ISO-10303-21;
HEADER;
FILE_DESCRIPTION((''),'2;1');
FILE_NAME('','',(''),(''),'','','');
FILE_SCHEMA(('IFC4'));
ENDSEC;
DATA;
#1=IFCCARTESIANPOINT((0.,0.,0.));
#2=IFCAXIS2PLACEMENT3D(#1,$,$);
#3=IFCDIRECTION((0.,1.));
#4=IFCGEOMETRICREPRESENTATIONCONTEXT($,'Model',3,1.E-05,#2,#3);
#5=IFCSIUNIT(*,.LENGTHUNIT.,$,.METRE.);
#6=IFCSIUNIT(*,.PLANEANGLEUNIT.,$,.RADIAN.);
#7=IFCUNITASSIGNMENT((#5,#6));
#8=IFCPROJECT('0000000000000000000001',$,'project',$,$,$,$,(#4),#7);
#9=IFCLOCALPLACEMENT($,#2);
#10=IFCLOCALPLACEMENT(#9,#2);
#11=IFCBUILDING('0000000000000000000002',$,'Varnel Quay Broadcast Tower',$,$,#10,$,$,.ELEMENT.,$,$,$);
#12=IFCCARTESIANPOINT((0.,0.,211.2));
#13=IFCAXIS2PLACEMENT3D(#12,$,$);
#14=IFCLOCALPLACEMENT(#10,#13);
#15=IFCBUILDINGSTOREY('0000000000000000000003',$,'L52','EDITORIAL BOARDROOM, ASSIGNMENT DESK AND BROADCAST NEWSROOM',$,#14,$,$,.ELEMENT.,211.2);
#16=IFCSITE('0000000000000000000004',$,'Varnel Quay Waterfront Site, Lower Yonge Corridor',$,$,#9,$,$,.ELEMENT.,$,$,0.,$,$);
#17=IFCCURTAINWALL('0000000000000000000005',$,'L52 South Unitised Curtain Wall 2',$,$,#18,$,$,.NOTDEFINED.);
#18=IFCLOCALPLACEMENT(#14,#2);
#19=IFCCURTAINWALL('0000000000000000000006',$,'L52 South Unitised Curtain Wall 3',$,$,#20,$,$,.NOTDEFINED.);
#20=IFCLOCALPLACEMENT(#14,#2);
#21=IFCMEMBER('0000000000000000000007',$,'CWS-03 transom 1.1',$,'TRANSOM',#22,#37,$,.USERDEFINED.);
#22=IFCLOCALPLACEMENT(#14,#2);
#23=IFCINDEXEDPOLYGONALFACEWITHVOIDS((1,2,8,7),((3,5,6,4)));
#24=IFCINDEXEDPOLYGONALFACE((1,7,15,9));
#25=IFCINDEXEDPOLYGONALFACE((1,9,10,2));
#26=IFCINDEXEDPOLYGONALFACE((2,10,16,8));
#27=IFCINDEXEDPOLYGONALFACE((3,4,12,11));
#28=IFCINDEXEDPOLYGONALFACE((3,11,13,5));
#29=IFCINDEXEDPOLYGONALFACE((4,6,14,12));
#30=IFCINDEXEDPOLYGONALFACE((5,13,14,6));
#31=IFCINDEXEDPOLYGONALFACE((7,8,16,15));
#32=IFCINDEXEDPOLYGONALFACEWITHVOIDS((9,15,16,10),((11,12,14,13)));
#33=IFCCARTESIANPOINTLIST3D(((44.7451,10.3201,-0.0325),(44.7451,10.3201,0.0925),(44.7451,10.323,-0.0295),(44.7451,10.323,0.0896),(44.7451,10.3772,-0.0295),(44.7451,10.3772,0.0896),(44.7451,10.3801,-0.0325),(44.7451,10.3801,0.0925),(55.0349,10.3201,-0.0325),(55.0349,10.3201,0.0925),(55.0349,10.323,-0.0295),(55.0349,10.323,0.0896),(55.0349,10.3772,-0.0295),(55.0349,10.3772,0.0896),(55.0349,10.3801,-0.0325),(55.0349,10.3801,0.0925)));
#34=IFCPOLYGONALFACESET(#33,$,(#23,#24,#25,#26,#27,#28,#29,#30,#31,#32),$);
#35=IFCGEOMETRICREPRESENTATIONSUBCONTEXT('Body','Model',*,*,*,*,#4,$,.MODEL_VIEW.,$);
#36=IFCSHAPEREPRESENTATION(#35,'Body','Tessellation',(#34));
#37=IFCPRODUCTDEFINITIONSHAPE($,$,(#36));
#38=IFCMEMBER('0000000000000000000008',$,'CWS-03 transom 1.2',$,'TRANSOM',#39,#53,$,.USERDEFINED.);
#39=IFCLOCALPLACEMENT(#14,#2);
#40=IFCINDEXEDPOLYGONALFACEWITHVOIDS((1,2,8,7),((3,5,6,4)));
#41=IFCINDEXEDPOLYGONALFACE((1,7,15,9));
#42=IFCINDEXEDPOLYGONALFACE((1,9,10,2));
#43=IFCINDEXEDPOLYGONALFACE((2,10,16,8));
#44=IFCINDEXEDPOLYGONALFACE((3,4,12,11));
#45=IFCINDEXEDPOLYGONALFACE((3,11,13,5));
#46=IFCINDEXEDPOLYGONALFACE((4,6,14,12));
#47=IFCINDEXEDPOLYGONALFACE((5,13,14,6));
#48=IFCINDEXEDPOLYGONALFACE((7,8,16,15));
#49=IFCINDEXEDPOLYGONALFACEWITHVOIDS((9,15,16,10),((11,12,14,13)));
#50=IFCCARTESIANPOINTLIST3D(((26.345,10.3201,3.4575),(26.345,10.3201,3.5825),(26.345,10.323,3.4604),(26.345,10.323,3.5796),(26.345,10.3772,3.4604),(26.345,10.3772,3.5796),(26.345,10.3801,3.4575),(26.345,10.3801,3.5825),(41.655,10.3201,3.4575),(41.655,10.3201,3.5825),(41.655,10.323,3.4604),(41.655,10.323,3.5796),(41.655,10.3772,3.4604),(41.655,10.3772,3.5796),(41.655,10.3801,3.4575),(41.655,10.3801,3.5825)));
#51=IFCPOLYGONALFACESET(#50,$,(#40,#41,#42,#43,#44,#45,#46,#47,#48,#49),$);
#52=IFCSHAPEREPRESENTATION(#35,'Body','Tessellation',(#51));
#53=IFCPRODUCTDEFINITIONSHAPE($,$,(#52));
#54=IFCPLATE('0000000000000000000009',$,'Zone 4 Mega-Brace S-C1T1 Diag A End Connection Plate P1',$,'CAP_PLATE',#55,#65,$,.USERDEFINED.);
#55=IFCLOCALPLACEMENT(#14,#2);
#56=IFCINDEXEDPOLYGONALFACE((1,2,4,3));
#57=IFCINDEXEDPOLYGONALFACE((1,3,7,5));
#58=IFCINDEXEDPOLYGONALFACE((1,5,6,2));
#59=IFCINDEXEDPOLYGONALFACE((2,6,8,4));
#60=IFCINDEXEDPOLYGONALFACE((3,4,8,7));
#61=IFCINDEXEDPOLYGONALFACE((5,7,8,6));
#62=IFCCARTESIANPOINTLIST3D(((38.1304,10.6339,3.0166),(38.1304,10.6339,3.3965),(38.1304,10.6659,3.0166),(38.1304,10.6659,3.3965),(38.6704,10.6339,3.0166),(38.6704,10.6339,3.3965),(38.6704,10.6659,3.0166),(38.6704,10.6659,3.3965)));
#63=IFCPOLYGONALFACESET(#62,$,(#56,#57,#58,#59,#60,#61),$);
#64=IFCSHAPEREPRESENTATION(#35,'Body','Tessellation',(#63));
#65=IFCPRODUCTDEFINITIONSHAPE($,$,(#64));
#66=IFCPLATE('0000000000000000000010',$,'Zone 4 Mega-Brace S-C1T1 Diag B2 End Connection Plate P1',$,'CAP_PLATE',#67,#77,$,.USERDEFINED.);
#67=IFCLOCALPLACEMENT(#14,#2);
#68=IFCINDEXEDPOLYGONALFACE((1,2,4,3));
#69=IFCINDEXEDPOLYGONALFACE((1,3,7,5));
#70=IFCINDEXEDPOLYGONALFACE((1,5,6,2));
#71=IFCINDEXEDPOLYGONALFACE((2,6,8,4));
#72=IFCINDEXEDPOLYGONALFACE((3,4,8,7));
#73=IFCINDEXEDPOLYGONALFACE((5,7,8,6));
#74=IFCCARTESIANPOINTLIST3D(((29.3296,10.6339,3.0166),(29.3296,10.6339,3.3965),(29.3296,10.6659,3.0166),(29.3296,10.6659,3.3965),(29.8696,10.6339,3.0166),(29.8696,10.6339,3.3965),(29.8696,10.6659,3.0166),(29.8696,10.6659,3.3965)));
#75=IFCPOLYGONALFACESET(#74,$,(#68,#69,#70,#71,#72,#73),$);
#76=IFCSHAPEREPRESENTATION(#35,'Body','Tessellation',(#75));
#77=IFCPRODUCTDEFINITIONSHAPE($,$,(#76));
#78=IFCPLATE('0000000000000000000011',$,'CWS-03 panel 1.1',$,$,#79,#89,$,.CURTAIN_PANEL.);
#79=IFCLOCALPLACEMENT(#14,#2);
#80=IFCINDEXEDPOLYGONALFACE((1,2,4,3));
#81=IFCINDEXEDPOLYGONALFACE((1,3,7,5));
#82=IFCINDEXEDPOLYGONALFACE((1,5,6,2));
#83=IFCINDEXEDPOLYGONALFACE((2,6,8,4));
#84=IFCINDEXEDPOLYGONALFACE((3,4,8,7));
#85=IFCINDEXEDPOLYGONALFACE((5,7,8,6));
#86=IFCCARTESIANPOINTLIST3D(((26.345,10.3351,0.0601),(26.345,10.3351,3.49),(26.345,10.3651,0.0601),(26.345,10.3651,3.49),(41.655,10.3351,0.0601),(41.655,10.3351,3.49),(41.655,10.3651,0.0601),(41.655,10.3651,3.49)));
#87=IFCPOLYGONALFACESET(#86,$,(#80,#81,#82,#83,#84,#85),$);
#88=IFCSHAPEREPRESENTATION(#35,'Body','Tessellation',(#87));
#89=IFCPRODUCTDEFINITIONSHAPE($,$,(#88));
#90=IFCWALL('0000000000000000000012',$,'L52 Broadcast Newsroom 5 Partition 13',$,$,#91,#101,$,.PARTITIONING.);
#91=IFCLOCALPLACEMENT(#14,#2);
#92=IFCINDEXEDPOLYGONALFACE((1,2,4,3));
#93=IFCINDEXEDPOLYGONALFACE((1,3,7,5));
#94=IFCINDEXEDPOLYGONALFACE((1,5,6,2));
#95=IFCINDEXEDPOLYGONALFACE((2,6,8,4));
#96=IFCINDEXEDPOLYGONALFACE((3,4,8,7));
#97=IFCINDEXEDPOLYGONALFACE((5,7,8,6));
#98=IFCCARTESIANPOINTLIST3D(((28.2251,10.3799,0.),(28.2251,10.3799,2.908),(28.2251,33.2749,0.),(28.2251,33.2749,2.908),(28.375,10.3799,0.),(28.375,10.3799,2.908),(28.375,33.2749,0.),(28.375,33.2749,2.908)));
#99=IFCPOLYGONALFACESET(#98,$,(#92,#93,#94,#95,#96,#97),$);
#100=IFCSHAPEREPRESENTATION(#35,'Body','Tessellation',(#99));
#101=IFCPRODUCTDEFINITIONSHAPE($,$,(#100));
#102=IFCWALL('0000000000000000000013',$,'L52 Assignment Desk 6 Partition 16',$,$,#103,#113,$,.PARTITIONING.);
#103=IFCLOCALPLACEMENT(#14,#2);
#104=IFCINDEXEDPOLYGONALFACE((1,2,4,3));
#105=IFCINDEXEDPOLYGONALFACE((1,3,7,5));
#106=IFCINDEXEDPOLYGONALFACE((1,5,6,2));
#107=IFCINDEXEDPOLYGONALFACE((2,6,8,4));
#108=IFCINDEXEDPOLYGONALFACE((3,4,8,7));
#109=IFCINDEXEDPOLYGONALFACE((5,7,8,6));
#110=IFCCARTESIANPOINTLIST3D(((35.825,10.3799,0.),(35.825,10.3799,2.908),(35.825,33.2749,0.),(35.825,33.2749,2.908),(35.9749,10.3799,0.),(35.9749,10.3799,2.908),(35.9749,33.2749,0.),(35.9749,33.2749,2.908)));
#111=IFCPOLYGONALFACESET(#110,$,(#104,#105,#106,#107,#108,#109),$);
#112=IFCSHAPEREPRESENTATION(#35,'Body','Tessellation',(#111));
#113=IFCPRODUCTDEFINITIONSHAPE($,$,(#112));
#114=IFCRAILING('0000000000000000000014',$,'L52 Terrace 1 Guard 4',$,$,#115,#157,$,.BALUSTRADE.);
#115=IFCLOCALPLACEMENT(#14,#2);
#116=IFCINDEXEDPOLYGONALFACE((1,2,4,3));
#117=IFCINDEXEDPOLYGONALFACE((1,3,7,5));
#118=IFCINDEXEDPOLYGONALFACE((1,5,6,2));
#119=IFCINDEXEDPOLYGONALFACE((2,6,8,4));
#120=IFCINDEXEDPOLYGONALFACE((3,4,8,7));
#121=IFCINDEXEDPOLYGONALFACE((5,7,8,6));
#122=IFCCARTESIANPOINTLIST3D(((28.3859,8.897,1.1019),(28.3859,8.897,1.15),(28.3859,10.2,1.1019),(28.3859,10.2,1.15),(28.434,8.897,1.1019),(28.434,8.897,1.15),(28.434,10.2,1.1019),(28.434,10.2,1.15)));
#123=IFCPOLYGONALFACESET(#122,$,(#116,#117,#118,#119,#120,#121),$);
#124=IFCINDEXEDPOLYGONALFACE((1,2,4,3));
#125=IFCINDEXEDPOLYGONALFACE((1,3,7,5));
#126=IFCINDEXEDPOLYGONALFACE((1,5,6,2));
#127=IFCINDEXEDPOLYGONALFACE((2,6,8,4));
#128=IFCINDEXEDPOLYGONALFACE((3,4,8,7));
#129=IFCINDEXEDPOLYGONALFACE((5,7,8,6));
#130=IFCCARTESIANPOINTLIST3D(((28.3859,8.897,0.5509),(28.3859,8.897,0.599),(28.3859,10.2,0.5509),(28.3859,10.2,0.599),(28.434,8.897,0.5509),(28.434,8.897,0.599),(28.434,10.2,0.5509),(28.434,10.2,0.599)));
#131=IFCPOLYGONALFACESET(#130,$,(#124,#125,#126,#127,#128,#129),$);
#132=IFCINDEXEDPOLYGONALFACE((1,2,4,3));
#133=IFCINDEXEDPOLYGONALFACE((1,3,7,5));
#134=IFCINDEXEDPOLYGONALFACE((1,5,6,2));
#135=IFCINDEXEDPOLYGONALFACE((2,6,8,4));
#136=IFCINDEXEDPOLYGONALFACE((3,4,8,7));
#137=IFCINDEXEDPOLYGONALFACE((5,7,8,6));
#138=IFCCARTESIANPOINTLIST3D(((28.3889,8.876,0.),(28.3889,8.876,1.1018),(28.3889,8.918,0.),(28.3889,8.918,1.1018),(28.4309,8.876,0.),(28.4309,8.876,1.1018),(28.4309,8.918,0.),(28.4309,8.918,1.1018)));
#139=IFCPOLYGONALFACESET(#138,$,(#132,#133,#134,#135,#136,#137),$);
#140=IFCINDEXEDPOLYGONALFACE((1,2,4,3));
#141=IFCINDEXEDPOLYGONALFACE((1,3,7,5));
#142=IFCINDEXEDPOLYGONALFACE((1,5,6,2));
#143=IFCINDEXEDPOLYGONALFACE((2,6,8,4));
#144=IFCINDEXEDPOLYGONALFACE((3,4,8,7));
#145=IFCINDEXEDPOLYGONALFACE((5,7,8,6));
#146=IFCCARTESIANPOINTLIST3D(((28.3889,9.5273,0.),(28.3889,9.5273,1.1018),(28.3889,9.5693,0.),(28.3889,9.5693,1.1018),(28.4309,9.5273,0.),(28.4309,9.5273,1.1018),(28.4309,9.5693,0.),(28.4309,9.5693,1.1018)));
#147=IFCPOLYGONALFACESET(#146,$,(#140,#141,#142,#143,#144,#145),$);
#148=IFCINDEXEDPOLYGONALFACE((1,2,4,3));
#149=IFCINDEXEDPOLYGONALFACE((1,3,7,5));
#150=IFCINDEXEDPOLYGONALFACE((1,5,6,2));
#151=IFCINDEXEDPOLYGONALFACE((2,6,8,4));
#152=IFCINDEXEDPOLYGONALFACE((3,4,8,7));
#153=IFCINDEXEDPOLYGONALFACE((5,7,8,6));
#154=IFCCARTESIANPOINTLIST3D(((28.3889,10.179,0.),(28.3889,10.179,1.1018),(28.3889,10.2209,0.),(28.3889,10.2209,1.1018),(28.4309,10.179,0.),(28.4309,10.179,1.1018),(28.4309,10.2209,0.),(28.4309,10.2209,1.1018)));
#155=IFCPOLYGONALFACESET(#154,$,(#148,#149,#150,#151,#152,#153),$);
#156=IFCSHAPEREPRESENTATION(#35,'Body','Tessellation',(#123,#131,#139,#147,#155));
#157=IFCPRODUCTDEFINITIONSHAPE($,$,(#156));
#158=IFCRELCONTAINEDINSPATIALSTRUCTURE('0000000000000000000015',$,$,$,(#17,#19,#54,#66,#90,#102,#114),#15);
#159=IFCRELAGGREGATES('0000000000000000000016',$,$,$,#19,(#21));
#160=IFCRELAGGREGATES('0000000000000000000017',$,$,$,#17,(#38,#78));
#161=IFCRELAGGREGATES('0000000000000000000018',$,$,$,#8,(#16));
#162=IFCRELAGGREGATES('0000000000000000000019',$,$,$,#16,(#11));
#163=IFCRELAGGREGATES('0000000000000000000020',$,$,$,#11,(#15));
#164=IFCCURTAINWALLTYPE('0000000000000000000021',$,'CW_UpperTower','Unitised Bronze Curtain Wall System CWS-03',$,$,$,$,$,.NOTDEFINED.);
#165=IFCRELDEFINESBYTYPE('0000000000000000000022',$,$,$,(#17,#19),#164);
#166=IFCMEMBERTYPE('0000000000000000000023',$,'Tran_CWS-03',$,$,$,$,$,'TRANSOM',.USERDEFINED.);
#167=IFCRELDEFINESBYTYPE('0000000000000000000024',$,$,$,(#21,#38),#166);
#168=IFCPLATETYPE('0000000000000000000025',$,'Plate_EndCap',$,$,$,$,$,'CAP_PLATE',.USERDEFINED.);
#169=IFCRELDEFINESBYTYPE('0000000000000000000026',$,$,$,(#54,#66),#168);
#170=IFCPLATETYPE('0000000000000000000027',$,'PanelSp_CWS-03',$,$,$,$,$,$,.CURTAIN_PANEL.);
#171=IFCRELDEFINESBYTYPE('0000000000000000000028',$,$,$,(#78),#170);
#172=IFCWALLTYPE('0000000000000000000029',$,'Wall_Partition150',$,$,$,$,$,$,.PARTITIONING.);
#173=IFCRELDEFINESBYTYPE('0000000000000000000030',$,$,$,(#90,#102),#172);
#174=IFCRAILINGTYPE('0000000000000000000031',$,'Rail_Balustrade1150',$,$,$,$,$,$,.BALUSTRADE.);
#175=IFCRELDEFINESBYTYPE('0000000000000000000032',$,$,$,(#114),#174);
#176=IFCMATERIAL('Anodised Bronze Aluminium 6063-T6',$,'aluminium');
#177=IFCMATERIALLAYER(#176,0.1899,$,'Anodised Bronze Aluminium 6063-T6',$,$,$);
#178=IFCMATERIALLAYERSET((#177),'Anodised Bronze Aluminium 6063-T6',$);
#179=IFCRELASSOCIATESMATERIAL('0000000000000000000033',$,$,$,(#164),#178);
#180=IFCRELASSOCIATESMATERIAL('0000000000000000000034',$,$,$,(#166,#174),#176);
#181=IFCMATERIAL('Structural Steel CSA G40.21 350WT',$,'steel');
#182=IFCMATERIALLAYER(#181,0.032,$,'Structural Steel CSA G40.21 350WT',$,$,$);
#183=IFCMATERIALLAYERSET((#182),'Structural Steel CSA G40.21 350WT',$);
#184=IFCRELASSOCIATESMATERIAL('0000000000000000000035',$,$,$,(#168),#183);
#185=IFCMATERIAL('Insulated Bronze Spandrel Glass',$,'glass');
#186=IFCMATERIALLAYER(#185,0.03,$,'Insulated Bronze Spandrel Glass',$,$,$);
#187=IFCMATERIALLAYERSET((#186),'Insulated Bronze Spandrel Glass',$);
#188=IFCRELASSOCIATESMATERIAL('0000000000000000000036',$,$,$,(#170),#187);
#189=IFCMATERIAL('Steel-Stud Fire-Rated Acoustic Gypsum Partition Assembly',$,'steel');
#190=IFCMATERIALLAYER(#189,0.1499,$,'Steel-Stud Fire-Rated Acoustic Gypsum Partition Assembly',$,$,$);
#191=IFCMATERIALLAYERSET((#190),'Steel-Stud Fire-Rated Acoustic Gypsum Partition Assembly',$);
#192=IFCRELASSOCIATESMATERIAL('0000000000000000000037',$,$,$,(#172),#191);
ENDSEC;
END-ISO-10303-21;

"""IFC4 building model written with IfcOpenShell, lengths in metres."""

from ifc_helpers import new_model, si_unit, direction, frame, frame_2d, origin, origin_2d, place, context, subcontext, project, spatial, rectangle, hollow_rectangle, extrude, source, transform, mapped, material, layer, layer_set, material_profile, profile_set, type_object, type_shapes, element, aggregate, save


model = new_model("IFC4")

# Units and contexts
model_context = context("Model", 3, precision=1e-05, world=origin(), true_north=direction((0.0, 1.0)))
body_context = subcontext(model_context, "Body", "Model", "MODEL_VIEW")
ifc_project = project(units=[si_unit("LENGTHUNIT", "METRE"), si_unit("PLANEANGLEUNIT", "RADIAN")], contexts=[model_context])

# Site, building, storey
site_placement = place(None, origin())
site = spatial("IfcSite", under=ifc_project, at=site_placement, Name="Varnel Quay Waterfront Site, Lower Yonge Corridor", CompositionType="ELEMENT", RefElevation=0.0)
building_placement = place(site_placement, origin())
building = spatial("IfcBuilding", under=site, at=building_placement, Name="Varnel Quay Broadcast Tower", CompositionType="ELEMENT")
storey_placement = place(building_placement, frame((0.0, 0.0, 211.2)))
storey = spatial("IfcBuildingStorey", under=building, at=storey_placement, Name="L52", Description="EDITORIAL BOARDROOM, ASSIGNMENT DESK AND BROADCAST NEWSROOM", CompositionType="ELEMENT", Elevation=211.2)

# Curtain wall
ifc_material_1 = material(Name="Anodised Bronze Aluminium 6063-T6", Category="aluminium")
ifc_layer_1 = layer(ifc_material_1, 0.1899, Name="Anodised Bronze Aluminium 6063-T6")
ifc_layer_set_1 = layer_set([ifc_layer_1], Name="Anodised Bronze Aluminium 6063-T6")
curtain_wall_type = type_object("IfcCurtainWallType", Name="CW_UpperTower", Description="Unitised Bronze Curtain Wall System CWS-03", PredefinedType="NOTDEFINED", material=ifc_layer_set_1)
curtain_wall_1_placement = place(storey_placement, origin())
curtain_wall_1 = element("IfcCurtainWall", 1, at=curtain_wall_1_placement, inside=storey, type_object=curtain_wall_type, Name="L52 South Unitised Curtain Wall 2", PredefinedType="NOTDEFINED")

# Curtain wall, member
curtain_wall_2_placement = place(storey_placement, origin())
curtain_wall_2 = element("IfcCurtainWall", 2, at=curtain_wall_2_placement, inside=storey, type_object=curtain_wall_type, Name="L52 South Unitised Curtain Wall 3", PredefinedType="NOTDEFINED")
ifc_material_profile_1 = material_profile(ifc_material_1, hollow_rectangle(XDim=0.0601, YDim=0.125, WallThickness=0.0029, at=origin_2d()), Name="ALU60X125X3")
ifc_profile_set_1 = profile_set([ifc_material_profile_1], Name="Anodised Bronze Aluminium 6063-T6")
member_type_1 = type_object("IfcMemberType", Name="Tran_CWS-03", ElementType="TRANSOM", PredefinedType="USERDEFINED", material=ifc_profile_set_1)
shared_shape_1 = source(origin(), body_context, "Body", "SweptSolid", [
    extrude(hollow_rectangle(XDim=0.0601, YDim=0.125, WallThickness=0.0029, at=origin_2d()), origin(), (0.0, 0.0, 1.0), 10.2898),
])
member_1_placement = place(storey_placement, frame((44.7451, 10.3501, 0.03), z_axis=(1.0, 0.0, 0.0), x_axis=(0.0, 1.0, 0.0)))
member_1 = element("IfcMember", 3, at=member_1_placement, type_object=member_type_1, Name="CWS-03 transom 1.1", ObjectType="TRANSOM", PredefinedType="USERDEFINED", context=body_context, shape_type="MappedRepresentation", body=[
    mapped(shared_shape_1, transform((0.0, 0.0, 0.0), x_axis=(1.0, 0.0, 0.0), y_axis=(0.0, 1.0, 0.0), z_axis=(0.0, 0.0, 1.0), scale=1.0)),
])
aggregate(curtain_wall_2, [member_1])

# Member
shared_shape_2 = source(origin(), body_context, "Body", "SweptSolid", [
    extrude(hollow_rectangle(XDim=0.0601, YDim=0.125, WallThickness=0.0029, at=origin_2d()), origin(), (0.0, 0.0, 1.0), 15.3101),
])
type_shapes(member_type_1, [shared_shape_1, shared_shape_2])
member_2_placement = place(storey_placement, frame((26.345, 10.3501, 3.52), z_axis=(1.0, 0.0, 0.0), x_axis=(0.0, 1.0, 0.0)))
member_2 = element("IfcMember", 4, at=member_2_placement, type_object=member_type_1, Name="CWS-03 transom 1.2", ObjectType="TRANSOM", PredefinedType="USERDEFINED", context=body_context, shape_type="MappedRepresentation", body=[
    mapped(shared_shape_2, transform((0.0, 0.0, 0.0), x_axis=(1.0, 0.0, 0.0), y_axis=(0.0, 1.0, 0.0), z_axis=(0.0, 0.0, 1.0), scale=1.0)),
])

# Plates
ifc_material_2 = material(Name="Structural Steel CSA G40.21 350WT", Category="steel")
ifc_layer_2 = layer(ifc_material_2, 0.032, Name="Structural Steel CSA G40.21 350WT")
ifc_layer_set_2 = layer_set([ifc_layer_2], Name="Structural Steel CSA G40.21 350WT")
plate_type_1 = type_object("IfcPlateType", Name="Plate_EndCap", ElementType="CAP_PLATE", PredefinedType="USERDEFINED", material=ifc_layer_set_2)
shared_shape_3 = source(origin(), body_context, "Body", "SweptSolid", [
    extrude(rectangle(XDim=0.54, YDim=0.032, at=origin_2d()), origin(), (0.0, 0.0, 1.0), 0.3799),
])
type_shapes(plate_type_1, [shared_shape_3])
for number, where, z_axis, x_axis, name in (
    (5, (38.4004, 10.6499, 3.0166), (0.0, 0.0, 1.0), (1.0, 0.0, 0.0), "Zone 4 Mega-Brace S-C1T1 Diag A End Connection Plate P1"),
    (6, (29.5996, 10.6499, 3.0166), (0.0, 0.0, 1.0), (1.0, 0.0, 0.0), "Zone 4 Mega-Brace S-C1T1 Diag B2 End Connection Plate P1"),
):
    element("IfcPlate", number, at=place(storey_placement, frame(where, z_axis=z_axis, x_axis=x_axis)), inside=storey, type_object=plate_type_1, Name=name, ObjectType="CAP_PLATE", PredefinedType="USERDEFINED", context=body_context, shape_type="MappedRepresentation", body=[
        mapped(shared_shape_3, transform((0.0, 0.0, 0.0), x_axis=(1.0, 0.0, 0.0), y_axis=(0.0, 1.0, 0.0), z_axis=(0.0, 0.0, 1.0), scale=1.0)),
    ])

# Plate
ifc_material_3 = material(Name="Insulated Bronze Spandrel Glass", Category="glass")
ifc_layer_3 = layer(ifc_material_3, 0.03, Name="Insulated Bronze Spandrel Glass")
ifc_layer_set_3 = layer_set([ifc_layer_3], Name="Insulated Bronze Spandrel Glass")
plate_type_2 = type_object("IfcPlateType", Name="PanelSp_CWS-03", PredefinedType="CURTAIN_PANEL", material=ifc_layer_set_3)
shared_shape_4 = source(origin(), body_context, "Body", "SweptSolid", [
    extrude(rectangle(XDim=15.3101, YDim=0.03, at=origin_2d()), origin(), (0.0, 0.0, 1.0), 3.4299),
])
type_shapes(plate_type_2, [shared_shape_4])
plate_placement = place(storey_placement, frame((34.0, 10.3501, 0.0601), z_axis=(0.0, 0.0, 1.0), x_axis=(1.0, 0.0, 0.0)))
plate = element("IfcPlate", 7, at=plate_placement, type_object=plate_type_2, Name="CWS-03 panel 1.1", PredefinedType="CURTAIN_PANEL", context=body_context, shape_type="MappedRepresentation", body=[
    mapped(shared_shape_4, transform((0.0, 0.0, 0.0), x_axis=(1.0, 0.0, 0.0), y_axis=(0.0, 1.0, 0.0), z_axis=(0.0, 0.0, 1.0), scale=1.0)),
])
aggregate(curtain_wall_1, [member_2, plate])

# Walls
ifc_material_4 = material(Name="Steel-Stud Fire-Rated Acoustic Gypsum Partition Assembly", Category="steel")
ifc_layer_4 = layer(ifc_material_4, 0.1499, Name="Steel-Stud Fire-Rated Acoustic Gypsum Partition Assembly")
ifc_layer_set_4 = layer_set([ifc_layer_4], Name="Steel-Stud Fire-Rated Acoustic Gypsum Partition Assembly")
wall_type_1 = type_object("IfcWallType", Name="Wall_Partition150", PredefinedType="PARTITIONING", material=ifc_layer_set_4)
for number, where, z_axis, x_axis, name in (
    (8, (28.3, 10.3799, 0.0), (0.0, 0.0, 1.0), (0.0, 1.0, 0.0), "L52 Broadcast Newsroom 5 Partition 13"),
    (9, (35.8999, 10.3799, 0.0), (0.0, 0.0, 1.0), (0.0, 1.0, 0.0), "L52 Assignment Desk 6 Partition 16"),
):
    element("IfcWall", number, at=place(storey_placement, frame(where, z_axis=z_axis, x_axis=x_axis)), inside=storey, type_object=wall_type_1, Name=name, PredefinedType="PARTITIONING", context=body_context, shape_type="SweptSolid", body=[
        extrude(rectangle(XDim=22.895, YDim=0.1499, at=frame_2d((11.4475, 0.0))), origin(), (0.0, 0.0, 1.0), 2.908),
    ])

# Railing
railing_type = type_object("IfcRailingType", Name="Rail_Balustrade1150", PredefinedType="BALUSTRADE", material=ifc_material_1)
railing_1_placement = place(storey_placement, frame((28.4099, 8.897, 0.0)))
element("IfcRailing", 10, at=railing_1_placement, inside=storey, type_object=railing_type, Name="L52 Terrace 1 Guard 4", PredefinedType="BALUSTRADE", context=body_context, shape_type="SweptSolid", body=[
    extrude(rectangle(XDim=0.0481, YDim=0.0481, at=origin_2d()), frame((0.0, 0.0, 1.126), z_axis=(0.0, 1.0, 0.0), x_axis=(-1.0, 0.0, 0.0)), (0.0, 0.0, 1.0), 1.303),
    extrude(rectangle(XDim=0.0481, YDim=0.0481, at=origin_2d()), frame((0.0, 0.0, 0.575), z_axis=(0.0, 1.0, 0.0), x_axis=(-1.0, 0.0, 0.0)), (0.0, 0.0, 1.0), 1.303),
    extrude(rectangle(XDim=0.042, YDim=0.042, at=origin_2d()), origin(), (0.0, 0.0, 1.0), 1.1018),
    extrude(rectangle(XDim=0.042, YDim=0.042, at=origin_2d()), frame((0.0, 0.6514, 0.0)), (0.0, 0.0, 1.0), 1.1018),
    extrude(rectangle(XDim=0.042, YDim=0.042, at=origin_2d()), frame((0.0, 1.303, 0.0)), (0.0, 0.0, 1.0), 1.1018),
])

save(model, "model.ifc")
